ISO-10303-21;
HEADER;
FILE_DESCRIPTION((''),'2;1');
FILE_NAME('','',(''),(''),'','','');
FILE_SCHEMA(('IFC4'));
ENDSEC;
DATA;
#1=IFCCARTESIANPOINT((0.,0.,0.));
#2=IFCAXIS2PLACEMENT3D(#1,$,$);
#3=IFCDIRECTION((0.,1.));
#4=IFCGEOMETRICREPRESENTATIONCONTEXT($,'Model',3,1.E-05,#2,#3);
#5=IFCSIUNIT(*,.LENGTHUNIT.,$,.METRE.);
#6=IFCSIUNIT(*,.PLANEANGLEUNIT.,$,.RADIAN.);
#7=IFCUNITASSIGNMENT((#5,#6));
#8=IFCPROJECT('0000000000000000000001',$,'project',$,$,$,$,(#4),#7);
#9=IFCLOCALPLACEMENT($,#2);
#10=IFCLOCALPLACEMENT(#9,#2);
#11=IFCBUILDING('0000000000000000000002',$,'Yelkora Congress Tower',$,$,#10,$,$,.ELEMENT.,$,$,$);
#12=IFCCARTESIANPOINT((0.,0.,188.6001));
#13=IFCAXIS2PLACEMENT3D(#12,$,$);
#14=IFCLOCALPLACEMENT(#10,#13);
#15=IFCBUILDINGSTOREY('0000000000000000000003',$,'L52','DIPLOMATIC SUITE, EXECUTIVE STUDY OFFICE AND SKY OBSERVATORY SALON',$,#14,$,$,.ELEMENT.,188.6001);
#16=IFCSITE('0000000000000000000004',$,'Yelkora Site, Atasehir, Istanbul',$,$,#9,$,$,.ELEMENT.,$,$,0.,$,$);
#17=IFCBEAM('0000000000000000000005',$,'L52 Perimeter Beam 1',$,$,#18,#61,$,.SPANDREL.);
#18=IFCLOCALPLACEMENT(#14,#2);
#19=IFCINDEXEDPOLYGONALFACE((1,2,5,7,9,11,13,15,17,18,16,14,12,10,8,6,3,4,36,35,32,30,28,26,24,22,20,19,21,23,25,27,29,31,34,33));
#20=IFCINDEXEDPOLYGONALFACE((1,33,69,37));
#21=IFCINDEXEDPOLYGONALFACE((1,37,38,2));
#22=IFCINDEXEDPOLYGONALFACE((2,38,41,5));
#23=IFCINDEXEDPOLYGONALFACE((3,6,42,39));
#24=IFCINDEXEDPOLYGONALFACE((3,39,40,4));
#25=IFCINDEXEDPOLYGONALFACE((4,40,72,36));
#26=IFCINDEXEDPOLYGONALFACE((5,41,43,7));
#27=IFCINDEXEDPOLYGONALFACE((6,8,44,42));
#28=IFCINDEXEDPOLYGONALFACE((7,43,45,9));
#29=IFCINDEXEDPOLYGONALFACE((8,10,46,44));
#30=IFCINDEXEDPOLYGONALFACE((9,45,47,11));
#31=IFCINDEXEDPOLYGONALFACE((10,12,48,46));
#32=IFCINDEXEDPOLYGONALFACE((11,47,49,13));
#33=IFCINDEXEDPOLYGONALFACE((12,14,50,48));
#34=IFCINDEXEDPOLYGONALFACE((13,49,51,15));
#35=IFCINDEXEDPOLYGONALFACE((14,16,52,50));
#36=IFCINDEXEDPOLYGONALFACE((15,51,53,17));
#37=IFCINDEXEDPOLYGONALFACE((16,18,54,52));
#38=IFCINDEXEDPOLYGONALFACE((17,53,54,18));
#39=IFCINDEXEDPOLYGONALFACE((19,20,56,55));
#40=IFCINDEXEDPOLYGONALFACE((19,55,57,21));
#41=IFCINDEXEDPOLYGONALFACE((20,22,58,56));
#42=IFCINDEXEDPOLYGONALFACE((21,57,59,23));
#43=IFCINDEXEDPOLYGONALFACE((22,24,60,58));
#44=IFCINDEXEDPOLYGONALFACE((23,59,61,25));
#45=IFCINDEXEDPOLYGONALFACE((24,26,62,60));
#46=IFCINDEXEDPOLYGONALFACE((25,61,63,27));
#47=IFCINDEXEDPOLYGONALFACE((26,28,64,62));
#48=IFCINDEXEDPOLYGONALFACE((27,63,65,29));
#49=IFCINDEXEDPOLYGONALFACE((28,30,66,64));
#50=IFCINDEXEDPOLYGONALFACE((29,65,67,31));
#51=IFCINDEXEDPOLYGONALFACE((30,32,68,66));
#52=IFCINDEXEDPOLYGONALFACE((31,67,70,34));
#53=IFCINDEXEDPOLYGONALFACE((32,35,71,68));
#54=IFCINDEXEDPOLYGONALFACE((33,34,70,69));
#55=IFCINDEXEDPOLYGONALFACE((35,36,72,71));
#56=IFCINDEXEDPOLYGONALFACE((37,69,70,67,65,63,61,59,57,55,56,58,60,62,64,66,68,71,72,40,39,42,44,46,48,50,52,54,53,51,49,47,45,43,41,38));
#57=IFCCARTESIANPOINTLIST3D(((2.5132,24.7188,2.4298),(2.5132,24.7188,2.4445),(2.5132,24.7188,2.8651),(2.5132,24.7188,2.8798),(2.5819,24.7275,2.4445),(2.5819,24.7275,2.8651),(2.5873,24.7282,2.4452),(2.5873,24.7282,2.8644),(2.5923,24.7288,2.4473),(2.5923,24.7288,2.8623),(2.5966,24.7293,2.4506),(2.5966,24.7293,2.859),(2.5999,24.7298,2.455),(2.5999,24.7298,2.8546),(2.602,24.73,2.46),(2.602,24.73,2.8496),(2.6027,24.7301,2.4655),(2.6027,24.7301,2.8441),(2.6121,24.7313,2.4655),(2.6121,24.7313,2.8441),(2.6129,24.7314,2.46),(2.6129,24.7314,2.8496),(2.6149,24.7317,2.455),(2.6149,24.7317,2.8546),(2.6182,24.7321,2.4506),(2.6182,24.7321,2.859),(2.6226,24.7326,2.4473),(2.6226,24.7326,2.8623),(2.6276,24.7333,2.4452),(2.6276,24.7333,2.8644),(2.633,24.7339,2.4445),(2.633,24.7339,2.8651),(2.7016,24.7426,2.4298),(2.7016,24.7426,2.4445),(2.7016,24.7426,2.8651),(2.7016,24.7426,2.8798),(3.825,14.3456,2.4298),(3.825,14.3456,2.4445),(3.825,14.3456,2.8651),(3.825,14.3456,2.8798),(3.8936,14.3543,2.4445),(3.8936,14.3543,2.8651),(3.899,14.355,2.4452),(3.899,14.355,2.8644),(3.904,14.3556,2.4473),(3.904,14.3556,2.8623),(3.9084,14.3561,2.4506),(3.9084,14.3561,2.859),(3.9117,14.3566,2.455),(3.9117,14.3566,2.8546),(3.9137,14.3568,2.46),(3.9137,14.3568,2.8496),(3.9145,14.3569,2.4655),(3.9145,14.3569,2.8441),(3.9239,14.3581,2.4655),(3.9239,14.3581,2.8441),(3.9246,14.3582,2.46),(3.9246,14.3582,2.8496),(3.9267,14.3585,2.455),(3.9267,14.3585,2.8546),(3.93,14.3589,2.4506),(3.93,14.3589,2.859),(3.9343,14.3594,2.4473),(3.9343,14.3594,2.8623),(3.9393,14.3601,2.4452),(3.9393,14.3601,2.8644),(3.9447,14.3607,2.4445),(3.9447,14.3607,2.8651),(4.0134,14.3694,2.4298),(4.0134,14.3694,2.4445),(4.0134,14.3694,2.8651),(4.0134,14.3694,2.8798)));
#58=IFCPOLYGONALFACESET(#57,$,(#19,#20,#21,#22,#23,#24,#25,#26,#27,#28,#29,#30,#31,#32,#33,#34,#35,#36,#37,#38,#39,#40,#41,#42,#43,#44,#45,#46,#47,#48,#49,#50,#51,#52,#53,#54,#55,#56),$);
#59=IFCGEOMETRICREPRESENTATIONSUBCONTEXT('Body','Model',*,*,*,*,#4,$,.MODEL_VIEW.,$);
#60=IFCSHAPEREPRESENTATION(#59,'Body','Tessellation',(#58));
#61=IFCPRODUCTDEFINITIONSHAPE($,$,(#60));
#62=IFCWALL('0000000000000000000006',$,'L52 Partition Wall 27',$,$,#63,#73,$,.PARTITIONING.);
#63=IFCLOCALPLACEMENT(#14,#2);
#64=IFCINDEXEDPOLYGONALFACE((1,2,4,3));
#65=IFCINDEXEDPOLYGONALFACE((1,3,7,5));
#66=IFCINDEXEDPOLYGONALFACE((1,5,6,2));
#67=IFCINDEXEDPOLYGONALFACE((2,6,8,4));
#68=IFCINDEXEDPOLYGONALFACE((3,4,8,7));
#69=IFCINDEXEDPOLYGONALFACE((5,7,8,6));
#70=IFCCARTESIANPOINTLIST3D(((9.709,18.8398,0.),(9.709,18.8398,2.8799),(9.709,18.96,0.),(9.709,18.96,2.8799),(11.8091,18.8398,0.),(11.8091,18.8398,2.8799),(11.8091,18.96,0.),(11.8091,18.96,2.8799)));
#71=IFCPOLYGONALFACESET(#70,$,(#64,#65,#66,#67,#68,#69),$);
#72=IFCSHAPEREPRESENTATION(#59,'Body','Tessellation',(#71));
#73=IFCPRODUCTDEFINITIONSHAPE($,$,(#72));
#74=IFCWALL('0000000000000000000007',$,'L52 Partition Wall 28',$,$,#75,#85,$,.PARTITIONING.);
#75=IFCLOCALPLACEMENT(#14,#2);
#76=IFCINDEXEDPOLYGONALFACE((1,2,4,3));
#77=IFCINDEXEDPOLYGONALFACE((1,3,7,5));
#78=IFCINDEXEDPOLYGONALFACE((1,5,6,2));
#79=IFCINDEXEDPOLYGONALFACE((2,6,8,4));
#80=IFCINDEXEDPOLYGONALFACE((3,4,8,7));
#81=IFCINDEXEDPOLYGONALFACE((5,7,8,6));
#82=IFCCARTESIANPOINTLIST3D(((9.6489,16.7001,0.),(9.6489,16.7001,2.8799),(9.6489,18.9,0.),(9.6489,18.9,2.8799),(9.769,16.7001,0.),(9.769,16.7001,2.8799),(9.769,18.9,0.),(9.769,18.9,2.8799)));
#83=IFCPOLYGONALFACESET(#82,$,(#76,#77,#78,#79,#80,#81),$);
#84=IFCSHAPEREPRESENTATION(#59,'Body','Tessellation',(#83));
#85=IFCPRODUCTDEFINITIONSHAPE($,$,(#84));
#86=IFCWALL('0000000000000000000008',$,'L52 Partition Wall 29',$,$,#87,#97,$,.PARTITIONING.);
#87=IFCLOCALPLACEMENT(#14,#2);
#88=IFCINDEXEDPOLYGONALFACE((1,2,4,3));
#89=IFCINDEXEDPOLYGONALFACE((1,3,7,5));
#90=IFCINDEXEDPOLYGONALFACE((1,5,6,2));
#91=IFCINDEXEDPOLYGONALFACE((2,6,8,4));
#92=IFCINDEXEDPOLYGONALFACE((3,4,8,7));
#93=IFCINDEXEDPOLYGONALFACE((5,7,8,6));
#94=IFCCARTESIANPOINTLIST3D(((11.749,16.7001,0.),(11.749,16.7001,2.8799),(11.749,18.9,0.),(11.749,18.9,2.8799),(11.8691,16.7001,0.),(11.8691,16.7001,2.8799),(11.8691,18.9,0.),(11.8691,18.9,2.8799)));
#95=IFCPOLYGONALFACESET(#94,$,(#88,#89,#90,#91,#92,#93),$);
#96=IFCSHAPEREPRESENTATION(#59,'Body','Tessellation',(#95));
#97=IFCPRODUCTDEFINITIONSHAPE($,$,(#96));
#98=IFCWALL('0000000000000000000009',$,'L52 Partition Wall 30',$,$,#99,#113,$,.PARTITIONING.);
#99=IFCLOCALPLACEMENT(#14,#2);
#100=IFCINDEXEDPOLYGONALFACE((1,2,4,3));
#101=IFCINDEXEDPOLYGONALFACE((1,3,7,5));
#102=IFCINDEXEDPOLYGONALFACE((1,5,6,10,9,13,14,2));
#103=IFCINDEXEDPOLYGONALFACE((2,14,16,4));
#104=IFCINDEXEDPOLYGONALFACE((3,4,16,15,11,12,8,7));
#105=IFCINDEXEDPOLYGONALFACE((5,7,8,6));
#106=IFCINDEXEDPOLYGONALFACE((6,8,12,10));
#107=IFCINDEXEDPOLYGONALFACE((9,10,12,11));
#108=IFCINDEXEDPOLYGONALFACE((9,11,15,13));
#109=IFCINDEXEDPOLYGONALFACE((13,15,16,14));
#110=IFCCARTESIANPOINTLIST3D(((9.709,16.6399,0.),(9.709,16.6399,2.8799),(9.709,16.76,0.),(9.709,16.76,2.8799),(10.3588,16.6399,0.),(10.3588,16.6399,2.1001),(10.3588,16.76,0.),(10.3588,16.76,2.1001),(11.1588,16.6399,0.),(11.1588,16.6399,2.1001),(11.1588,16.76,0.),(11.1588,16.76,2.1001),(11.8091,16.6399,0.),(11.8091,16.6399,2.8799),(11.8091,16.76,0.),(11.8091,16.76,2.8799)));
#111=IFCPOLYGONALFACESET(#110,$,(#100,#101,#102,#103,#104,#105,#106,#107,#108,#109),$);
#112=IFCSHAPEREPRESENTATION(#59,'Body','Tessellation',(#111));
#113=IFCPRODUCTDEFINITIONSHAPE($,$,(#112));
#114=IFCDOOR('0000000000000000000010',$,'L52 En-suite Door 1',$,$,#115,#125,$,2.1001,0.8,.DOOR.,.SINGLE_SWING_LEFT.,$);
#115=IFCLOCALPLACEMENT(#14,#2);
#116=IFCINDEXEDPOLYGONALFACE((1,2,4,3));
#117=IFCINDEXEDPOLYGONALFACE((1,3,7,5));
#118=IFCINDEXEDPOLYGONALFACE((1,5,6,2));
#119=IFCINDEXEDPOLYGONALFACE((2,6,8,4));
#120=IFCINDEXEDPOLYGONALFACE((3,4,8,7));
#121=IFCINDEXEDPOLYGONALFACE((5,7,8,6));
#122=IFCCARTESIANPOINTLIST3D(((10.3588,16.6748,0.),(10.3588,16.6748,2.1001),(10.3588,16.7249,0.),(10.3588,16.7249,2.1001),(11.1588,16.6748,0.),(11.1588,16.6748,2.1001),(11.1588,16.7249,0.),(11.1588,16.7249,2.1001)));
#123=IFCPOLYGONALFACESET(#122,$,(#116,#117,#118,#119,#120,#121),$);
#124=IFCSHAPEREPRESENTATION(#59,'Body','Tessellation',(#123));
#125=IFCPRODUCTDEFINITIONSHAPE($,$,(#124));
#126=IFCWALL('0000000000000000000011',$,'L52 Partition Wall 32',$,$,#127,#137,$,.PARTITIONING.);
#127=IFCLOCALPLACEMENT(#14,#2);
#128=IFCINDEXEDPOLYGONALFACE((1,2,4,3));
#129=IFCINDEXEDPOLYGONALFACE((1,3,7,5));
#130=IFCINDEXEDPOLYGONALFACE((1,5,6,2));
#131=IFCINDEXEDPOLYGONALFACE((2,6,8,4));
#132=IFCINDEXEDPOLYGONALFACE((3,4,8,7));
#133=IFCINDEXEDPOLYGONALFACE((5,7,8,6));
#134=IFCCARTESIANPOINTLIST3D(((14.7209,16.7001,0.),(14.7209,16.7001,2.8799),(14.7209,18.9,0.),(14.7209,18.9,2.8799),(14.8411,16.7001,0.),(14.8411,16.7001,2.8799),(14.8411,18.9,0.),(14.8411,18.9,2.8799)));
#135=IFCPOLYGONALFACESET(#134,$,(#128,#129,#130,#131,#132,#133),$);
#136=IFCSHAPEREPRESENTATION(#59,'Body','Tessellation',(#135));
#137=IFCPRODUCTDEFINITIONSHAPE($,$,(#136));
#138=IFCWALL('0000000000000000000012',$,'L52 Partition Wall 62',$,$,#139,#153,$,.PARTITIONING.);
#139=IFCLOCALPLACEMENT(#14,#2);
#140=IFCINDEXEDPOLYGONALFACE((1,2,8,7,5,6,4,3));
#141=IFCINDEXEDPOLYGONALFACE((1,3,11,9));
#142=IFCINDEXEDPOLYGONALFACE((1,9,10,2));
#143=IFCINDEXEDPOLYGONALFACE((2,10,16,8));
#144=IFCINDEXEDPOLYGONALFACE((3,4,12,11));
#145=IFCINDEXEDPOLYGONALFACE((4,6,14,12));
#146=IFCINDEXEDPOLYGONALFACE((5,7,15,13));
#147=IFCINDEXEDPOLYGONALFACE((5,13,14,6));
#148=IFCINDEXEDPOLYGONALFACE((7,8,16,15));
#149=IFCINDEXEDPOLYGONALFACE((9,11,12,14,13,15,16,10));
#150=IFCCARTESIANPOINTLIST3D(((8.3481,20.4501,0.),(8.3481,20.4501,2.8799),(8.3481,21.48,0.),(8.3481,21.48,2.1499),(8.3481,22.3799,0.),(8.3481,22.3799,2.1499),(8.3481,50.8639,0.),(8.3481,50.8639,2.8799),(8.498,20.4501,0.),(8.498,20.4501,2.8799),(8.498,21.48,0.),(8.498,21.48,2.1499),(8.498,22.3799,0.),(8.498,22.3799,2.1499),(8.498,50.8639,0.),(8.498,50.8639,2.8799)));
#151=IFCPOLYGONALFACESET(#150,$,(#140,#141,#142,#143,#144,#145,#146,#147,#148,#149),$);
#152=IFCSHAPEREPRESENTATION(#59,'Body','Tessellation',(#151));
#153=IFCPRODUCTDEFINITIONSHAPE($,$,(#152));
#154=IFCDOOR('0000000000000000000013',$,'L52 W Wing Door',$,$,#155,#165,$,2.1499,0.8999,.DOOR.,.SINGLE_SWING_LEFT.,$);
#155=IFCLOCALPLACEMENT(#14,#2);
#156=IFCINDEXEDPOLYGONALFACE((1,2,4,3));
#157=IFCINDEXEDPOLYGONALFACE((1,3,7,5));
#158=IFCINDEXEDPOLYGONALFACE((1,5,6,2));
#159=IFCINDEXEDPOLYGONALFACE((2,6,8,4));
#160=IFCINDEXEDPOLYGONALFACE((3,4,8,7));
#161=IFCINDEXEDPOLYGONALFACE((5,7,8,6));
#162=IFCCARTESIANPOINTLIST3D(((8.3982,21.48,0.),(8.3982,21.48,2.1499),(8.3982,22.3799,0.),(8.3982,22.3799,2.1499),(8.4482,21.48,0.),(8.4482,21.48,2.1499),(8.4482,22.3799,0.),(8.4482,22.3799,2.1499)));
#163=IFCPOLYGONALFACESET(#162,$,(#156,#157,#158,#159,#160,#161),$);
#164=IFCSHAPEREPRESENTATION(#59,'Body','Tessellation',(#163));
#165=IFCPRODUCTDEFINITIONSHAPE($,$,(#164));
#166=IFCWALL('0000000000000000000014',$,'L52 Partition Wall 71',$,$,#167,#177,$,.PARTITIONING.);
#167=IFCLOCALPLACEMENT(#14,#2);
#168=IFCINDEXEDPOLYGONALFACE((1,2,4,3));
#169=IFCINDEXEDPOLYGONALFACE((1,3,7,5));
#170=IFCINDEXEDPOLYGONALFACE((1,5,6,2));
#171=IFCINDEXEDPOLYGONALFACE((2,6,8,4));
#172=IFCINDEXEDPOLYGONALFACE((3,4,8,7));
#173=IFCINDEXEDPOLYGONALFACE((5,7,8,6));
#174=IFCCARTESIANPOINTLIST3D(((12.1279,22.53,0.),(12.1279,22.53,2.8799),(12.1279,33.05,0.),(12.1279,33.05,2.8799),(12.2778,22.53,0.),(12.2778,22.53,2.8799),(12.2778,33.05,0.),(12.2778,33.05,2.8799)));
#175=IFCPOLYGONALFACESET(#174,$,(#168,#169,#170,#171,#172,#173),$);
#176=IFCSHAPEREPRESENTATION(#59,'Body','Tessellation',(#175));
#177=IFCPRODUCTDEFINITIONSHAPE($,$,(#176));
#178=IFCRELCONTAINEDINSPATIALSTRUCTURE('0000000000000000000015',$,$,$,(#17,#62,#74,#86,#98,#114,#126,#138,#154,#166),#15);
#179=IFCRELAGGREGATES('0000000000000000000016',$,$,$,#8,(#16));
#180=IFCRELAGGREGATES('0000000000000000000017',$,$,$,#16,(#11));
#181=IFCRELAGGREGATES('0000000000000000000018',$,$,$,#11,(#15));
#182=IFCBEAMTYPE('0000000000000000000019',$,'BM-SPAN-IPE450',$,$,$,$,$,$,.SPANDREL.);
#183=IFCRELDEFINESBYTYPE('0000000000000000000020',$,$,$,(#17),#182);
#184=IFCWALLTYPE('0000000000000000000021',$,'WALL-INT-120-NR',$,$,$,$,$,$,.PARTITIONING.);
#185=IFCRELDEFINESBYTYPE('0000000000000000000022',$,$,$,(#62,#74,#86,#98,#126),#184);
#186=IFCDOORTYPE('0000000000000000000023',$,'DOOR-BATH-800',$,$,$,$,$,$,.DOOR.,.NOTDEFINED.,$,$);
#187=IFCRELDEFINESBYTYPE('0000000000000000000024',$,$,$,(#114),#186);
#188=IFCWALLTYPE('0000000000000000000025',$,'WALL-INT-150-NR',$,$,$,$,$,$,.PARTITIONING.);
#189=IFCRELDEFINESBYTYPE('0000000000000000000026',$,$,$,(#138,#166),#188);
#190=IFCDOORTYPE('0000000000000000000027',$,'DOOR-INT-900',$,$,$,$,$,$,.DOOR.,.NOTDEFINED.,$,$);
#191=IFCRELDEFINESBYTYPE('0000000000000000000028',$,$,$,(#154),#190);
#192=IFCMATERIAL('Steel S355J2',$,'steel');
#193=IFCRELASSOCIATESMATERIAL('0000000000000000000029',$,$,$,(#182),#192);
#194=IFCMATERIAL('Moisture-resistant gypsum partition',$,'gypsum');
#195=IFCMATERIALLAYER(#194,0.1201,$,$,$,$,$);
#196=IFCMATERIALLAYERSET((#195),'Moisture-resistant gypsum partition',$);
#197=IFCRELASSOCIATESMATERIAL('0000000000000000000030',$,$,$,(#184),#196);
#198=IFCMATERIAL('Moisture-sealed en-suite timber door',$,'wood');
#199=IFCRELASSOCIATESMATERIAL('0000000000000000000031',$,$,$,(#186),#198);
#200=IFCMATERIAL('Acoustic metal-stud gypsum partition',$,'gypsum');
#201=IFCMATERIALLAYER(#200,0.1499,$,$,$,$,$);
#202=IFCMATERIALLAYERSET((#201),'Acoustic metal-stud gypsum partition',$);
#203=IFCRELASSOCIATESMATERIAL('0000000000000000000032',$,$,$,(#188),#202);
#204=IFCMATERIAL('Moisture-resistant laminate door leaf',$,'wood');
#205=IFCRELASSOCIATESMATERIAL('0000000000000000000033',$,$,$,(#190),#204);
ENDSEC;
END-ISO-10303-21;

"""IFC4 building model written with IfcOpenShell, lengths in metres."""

from ifc_helpers import new_model, si_unit, direction, frame, frame_2d, origin, origin_2d, place, context, subcontext, project, spatial, rectangle, i_section, extrude, material, layer, layer_set, material_profile, profile_set, type_object, element, fill, save


model = new_model("IFC4")

# Units and contexts
model_context = context("Model", 3, precision=1e-05, world=origin(), true_north=direction((0.0, 1.0)))
body_context = subcontext(model_context, "Body", "Model", "MODEL_VIEW")
ifc_project = project(units=[si_unit("LENGTHUNIT", "METRE"), si_unit("PLANEANGLEUNIT", "RADIAN")], contexts=[model_context])

# Site, building, storey
site_placement = place(None, origin())
site = spatial("IfcSite", under=ifc_project, at=site_placement, Name="Yelkora Site, Atasehir, Istanbul", CompositionType="ELEMENT", RefElevation=0.0)
building_placement = place(site_placement, origin())
building = spatial("IfcBuilding", under=site, at=building_placement, Name="Yelkora Congress Tower", CompositionType="ELEMENT")
storey_placement = place(building_placement, frame((0.0, 0.0, 188.6001)))
storey = spatial("IfcBuildingStorey", under=building, at=storey_placement, Name="L52", Description="DIPLOMATIC SUITE, EXECUTIVE STUDY OFFICE AND SKY OBSERVATORY SALON", CompositionType="ELEMENT", Elevation=188.6001)

# Beam
ifc_material_1 = material(Name="Steel S355J2", Category="steel")
ifc_material_profile_1 = material_profile(ifc_material_1, i_section(OverallWidth=0.1899, OverallDepth=0.45, WebThickness=0.0095, FlangeThickness=0.0146, FilletRadius=0.021, at=origin_2d()), Name="IPE 450")
ifc_profile_set_1 = profile_set([ifc_material_profile_1], Name="Steel S355J2")
beam_type_1 = type_object("IfcBeamType", Name="BM-SPAN-IPE450", PredefinedType="SPANDREL", material=ifc_profile_set_1)
beam_1_placement = place(storey_placement, frame((2.6074, 24.7307, 2.6548), z_axis=(0.125457, -0.992099, 0.0), x_axis=(0.992099, 0.125457, 0.0)))
element("IfcBeam", 1, at=beam_1_placement, inside=storey, type_object=beam_type_1, Name="L52 Perimeter Beam 1", PredefinedType="SPANDREL", context=body_context, shape_type="SweptSolid", body=[
    extrude(i_section(OverallWidth=0.1899, OverallDepth=0.45, WebThickness=0.0095, FlangeThickness=0.0146, FilletRadius=0.021, at=origin_2d()), origin(), (0.0, 0.0, 1.0), 10.4558),
])

# Walls
ifc_material_2 = material(Name="Moisture-resistant gypsum partition", Category="gypsum")
ifc_layer_1 = layer(ifc_material_2, 0.1201)
ifc_layer_set_1 = layer_set([ifc_layer_1], Name="Moisture-resistant gypsum partition")
wall_type_1 = type_object("IfcWallType", Name="WALL-INT-120-NR", PredefinedType="PARTITIONING", material=ifc_layer_set_1)
wall_1_placement = place(storey_placement, frame((9.709, 18.8999, 0.0), z_axis=(0.0, 0.0, 1.0), x_axis=(1.0, 0.0, 0.0)))
element("IfcWall", 2, at=wall_1_placement, inside=storey, type_object=wall_type_1, Name="L52 Partition Wall 27", PredefinedType="PARTITIONING", context=body_context, shape_type="SweptSolid", body=[
    extrude(rectangle(XDim=2.1001, YDim=0.1201, at=frame_2d((1.05, 0.0))), origin(), (0.0, 0.0, 1.0), 2.8799),
])
for number, where, z_axis, x_axis, name in (
    (3, (9.709, 16.7, 0.0), (0.0, 0.0, 1.0), (0.0, 1.0, 0.0), "L52 Partition Wall 28"),
    (4, (11.8091, 16.7, 0.0), (0.0, 0.0, 1.0), (0.0, 1.0, 0.0), "L52 Partition Wall 29"),
):
    element("IfcWall", number, at=place(storey_placement, frame(where, z_axis=z_axis, x_axis=x_axis)), inside=storey, type_object=wall_type_1, Name=name, PredefinedType="PARTITIONING", context=body_context, shape_type="SweptSolid", body=[
        extrude(rectangle(XDim=2.2, YDim=0.1201, at=frame_2d((1.1001, 0.0))), origin(), (0.0, 0.0, 1.0), 2.8799),
    ])

# Wall, opening, door
wall_2_placement = place(storey_placement, frame((9.709, 16.7, 0.0), z_axis=(0.0, 0.0, 1.0), x_axis=(1.0, 0.0, 0.0)))
wall_2 = element("IfcWall", 5, at=wall_2_placement, inside=storey, type_object=wall_type_1, Name="L52 Partition Wall 30", PredefinedType="PARTITIONING", context=body_context, shape_type="SweptSolid", body=[
    extrude(rectangle(XDim=2.1001, YDim=0.1201, at=frame_2d((1.05, 0.0))), origin(), (0.0, 0.0, 1.0), 2.8799),
])
opening_1_placement = place(wall_2_placement, frame((0.6499, 0.0, 0.0)))
opening_1 = element("IfcOpeningElement", 6, at=opening_1_placement, cuts=wall_2, PredefinedType="OPENING", context=body_context, shape_type="SweptSolid", body=[
    extrude(rectangle(XDim=0.8, YDim=2.1001, at=frame_2d((0.3999, 1.05))), frame((0.0, 0.0701, 0.0), z_axis=(0.0, -1.0, 0.0), x_axis=(1.0, 0.0, 0.0)), (0.0, 0.0, 1.0), 0.1401),
])
ifc_material_3 = material(Name="Moisture-sealed en-suite timber door", Category="wood")
door_type_1 = type_object("IfcDoorType", Name="DOOR-BATH-800", OperationType="NOTDEFINED", PredefinedType="DOOR", material=ifc_material_3)
door_1_placement = place(opening_1_placement, origin())
door_1 = element("IfcDoor", 7, at=door_1_placement, inside=storey, type_object=door_type_1, Name="L52 En-suite Door 1", OperationType="SINGLE_SWING_LEFT", OverallHeight=2.1001, OverallWidth=0.8, PredefinedType="DOOR", context=body_context, shape_type="SweptSolid", body=[
    extrude(rectangle(XDim=0.8, YDim=2.1001, at=frame_2d((0.3999, 1.05))), frame((0.0, 0.0249, 0.0), z_axis=(0.0, -1.0, 0.0), x_axis=(1.0, 0.0, 0.0)), (0.0, 0.0, 1.0), 0.05),
])
fill(opening_1, door_1)

# Wall
wall_3_placement = place(storey_placement, frame((14.781, 16.7, 0.0), z_axis=(0.0, 0.0, 1.0), x_axis=(0.0, 1.0, 0.0)))
element("IfcWall", 8, at=wall_3_placement, inside=storey, type_object=wall_type_1, Name="L52 Partition Wall 32", PredefinedType="PARTITIONING", context=body_context, shape_type="SweptSolid", body=[
    extrude(rectangle(XDim=2.2, YDim=0.1201, at=frame_2d((1.1001, 0.0))), origin(), (0.0, 0.0, 1.0), 2.8799),
])

# Wall, opening, door
ifc_material_4 = material(Name="Acoustic metal-stud gypsum partition", Category="gypsum")
ifc_layer_2 = layer(ifc_material_4, 0.1499)
ifc_layer_set_2 = layer_set([ifc_layer_2], Name="Acoustic metal-stud gypsum partition")
wall_type_2 = type_object("IfcWallType", Name="WALL-INT-150-NR", PredefinedType="PARTITIONING", material=ifc_layer_set_2)
wall_4_placement = place(storey_placement, frame((8.4231, 20.45, 0.0), z_axis=(0.0, 0.0, 1.0), x_axis=(0.0, 1.0, 0.0)))
wall_4 = element("IfcWall", 9, at=wall_4_placement, inside=storey, type_object=wall_type_2, Name="L52 Partition Wall 62", PredefinedType="PARTITIONING", context=body_context, shape_type="SweptSolid", body=[
    extrude(rectangle(XDim=30.4138, YDim=0.1499, at=frame_2d((15.207, 0.0))), origin(), (0.0, 0.0, 1.0), 2.8799),
])
opening_2_placement = place(wall_4_placement, frame((1.03, 0.0, 0.0)))
opening_2 = element("IfcOpeningElement", 10, at=opening_2_placement, cuts=wall_4, PredefinedType="OPENING", context=body_context, shape_type="SweptSolid", body=[
    extrude(rectangle(XDim=0.8999, YDim=2.1499, at=frame_2d((0.45, 1.075))), frame((0.0, 0.085, 0.0), z_axis=(0.0, -1.0, 0.0), x_axis=(1.0, 0.0, 0.0)), (0.0, 0.0, 1.0), 0.1699),
])
ifc_material_5 = material(Name="Moisture-resistant laminate door leaf", Category="wood")
door_type_2 = type_object("IfcDoorType", Name="DOOR-INT-900", OperationType="NOTDEFINED", PredefinedType="DOOR", material=ifc_material_5)
door_2_placement = place(opening_2_placement, origin())
door_2 = element("IfcDoor", 11, at=door_2_placement, inside=storey, type_object=door_type_2, Name="L52 W Wing Door", OperationType="SINGLE_SWING_LEFT", OverallHeight=2.1499, OverallWidth=0.8999, PredefinedType="DOOR", context=body_context, shape_type="SweptSolid", body=[
    extrude(rectangle(XDim=0.8999, YDim=2.1499, at=frame_2d((0.45, 1.075))), frame((0.0, 0.0249, 0.0), z_axis=(0.0, -1.0, 0.0), x_axis=(1.0, 0.0, 0.0)), (0.0, 0.0, 1.0), 0.05),
])
fill(opening_2, door_2)

# Wall
wall_5_placement = place(storey_placement, frame((12.2029, 22.53, 0.0), z_axis=(0.0, 0.0, 1.0), x_axis=(0.0, 1.0, 0.0)))
element("IfcWall", 12, at=wall_5_placement, inside=storey, type_object=wall_type_2, Name="L52 Partition Wall 71", PredefinedType="PARTITIONING", context=body_context, shape_type="SweptSolid", body=[
    extrude(rectangle(XDim=10.52, YDim=0.1499, at=frame_2d((5.26, 0.0))), origin(), (0.0, 0.0, 1.0), 2.8799),
])

save(model, "model.ifc")
